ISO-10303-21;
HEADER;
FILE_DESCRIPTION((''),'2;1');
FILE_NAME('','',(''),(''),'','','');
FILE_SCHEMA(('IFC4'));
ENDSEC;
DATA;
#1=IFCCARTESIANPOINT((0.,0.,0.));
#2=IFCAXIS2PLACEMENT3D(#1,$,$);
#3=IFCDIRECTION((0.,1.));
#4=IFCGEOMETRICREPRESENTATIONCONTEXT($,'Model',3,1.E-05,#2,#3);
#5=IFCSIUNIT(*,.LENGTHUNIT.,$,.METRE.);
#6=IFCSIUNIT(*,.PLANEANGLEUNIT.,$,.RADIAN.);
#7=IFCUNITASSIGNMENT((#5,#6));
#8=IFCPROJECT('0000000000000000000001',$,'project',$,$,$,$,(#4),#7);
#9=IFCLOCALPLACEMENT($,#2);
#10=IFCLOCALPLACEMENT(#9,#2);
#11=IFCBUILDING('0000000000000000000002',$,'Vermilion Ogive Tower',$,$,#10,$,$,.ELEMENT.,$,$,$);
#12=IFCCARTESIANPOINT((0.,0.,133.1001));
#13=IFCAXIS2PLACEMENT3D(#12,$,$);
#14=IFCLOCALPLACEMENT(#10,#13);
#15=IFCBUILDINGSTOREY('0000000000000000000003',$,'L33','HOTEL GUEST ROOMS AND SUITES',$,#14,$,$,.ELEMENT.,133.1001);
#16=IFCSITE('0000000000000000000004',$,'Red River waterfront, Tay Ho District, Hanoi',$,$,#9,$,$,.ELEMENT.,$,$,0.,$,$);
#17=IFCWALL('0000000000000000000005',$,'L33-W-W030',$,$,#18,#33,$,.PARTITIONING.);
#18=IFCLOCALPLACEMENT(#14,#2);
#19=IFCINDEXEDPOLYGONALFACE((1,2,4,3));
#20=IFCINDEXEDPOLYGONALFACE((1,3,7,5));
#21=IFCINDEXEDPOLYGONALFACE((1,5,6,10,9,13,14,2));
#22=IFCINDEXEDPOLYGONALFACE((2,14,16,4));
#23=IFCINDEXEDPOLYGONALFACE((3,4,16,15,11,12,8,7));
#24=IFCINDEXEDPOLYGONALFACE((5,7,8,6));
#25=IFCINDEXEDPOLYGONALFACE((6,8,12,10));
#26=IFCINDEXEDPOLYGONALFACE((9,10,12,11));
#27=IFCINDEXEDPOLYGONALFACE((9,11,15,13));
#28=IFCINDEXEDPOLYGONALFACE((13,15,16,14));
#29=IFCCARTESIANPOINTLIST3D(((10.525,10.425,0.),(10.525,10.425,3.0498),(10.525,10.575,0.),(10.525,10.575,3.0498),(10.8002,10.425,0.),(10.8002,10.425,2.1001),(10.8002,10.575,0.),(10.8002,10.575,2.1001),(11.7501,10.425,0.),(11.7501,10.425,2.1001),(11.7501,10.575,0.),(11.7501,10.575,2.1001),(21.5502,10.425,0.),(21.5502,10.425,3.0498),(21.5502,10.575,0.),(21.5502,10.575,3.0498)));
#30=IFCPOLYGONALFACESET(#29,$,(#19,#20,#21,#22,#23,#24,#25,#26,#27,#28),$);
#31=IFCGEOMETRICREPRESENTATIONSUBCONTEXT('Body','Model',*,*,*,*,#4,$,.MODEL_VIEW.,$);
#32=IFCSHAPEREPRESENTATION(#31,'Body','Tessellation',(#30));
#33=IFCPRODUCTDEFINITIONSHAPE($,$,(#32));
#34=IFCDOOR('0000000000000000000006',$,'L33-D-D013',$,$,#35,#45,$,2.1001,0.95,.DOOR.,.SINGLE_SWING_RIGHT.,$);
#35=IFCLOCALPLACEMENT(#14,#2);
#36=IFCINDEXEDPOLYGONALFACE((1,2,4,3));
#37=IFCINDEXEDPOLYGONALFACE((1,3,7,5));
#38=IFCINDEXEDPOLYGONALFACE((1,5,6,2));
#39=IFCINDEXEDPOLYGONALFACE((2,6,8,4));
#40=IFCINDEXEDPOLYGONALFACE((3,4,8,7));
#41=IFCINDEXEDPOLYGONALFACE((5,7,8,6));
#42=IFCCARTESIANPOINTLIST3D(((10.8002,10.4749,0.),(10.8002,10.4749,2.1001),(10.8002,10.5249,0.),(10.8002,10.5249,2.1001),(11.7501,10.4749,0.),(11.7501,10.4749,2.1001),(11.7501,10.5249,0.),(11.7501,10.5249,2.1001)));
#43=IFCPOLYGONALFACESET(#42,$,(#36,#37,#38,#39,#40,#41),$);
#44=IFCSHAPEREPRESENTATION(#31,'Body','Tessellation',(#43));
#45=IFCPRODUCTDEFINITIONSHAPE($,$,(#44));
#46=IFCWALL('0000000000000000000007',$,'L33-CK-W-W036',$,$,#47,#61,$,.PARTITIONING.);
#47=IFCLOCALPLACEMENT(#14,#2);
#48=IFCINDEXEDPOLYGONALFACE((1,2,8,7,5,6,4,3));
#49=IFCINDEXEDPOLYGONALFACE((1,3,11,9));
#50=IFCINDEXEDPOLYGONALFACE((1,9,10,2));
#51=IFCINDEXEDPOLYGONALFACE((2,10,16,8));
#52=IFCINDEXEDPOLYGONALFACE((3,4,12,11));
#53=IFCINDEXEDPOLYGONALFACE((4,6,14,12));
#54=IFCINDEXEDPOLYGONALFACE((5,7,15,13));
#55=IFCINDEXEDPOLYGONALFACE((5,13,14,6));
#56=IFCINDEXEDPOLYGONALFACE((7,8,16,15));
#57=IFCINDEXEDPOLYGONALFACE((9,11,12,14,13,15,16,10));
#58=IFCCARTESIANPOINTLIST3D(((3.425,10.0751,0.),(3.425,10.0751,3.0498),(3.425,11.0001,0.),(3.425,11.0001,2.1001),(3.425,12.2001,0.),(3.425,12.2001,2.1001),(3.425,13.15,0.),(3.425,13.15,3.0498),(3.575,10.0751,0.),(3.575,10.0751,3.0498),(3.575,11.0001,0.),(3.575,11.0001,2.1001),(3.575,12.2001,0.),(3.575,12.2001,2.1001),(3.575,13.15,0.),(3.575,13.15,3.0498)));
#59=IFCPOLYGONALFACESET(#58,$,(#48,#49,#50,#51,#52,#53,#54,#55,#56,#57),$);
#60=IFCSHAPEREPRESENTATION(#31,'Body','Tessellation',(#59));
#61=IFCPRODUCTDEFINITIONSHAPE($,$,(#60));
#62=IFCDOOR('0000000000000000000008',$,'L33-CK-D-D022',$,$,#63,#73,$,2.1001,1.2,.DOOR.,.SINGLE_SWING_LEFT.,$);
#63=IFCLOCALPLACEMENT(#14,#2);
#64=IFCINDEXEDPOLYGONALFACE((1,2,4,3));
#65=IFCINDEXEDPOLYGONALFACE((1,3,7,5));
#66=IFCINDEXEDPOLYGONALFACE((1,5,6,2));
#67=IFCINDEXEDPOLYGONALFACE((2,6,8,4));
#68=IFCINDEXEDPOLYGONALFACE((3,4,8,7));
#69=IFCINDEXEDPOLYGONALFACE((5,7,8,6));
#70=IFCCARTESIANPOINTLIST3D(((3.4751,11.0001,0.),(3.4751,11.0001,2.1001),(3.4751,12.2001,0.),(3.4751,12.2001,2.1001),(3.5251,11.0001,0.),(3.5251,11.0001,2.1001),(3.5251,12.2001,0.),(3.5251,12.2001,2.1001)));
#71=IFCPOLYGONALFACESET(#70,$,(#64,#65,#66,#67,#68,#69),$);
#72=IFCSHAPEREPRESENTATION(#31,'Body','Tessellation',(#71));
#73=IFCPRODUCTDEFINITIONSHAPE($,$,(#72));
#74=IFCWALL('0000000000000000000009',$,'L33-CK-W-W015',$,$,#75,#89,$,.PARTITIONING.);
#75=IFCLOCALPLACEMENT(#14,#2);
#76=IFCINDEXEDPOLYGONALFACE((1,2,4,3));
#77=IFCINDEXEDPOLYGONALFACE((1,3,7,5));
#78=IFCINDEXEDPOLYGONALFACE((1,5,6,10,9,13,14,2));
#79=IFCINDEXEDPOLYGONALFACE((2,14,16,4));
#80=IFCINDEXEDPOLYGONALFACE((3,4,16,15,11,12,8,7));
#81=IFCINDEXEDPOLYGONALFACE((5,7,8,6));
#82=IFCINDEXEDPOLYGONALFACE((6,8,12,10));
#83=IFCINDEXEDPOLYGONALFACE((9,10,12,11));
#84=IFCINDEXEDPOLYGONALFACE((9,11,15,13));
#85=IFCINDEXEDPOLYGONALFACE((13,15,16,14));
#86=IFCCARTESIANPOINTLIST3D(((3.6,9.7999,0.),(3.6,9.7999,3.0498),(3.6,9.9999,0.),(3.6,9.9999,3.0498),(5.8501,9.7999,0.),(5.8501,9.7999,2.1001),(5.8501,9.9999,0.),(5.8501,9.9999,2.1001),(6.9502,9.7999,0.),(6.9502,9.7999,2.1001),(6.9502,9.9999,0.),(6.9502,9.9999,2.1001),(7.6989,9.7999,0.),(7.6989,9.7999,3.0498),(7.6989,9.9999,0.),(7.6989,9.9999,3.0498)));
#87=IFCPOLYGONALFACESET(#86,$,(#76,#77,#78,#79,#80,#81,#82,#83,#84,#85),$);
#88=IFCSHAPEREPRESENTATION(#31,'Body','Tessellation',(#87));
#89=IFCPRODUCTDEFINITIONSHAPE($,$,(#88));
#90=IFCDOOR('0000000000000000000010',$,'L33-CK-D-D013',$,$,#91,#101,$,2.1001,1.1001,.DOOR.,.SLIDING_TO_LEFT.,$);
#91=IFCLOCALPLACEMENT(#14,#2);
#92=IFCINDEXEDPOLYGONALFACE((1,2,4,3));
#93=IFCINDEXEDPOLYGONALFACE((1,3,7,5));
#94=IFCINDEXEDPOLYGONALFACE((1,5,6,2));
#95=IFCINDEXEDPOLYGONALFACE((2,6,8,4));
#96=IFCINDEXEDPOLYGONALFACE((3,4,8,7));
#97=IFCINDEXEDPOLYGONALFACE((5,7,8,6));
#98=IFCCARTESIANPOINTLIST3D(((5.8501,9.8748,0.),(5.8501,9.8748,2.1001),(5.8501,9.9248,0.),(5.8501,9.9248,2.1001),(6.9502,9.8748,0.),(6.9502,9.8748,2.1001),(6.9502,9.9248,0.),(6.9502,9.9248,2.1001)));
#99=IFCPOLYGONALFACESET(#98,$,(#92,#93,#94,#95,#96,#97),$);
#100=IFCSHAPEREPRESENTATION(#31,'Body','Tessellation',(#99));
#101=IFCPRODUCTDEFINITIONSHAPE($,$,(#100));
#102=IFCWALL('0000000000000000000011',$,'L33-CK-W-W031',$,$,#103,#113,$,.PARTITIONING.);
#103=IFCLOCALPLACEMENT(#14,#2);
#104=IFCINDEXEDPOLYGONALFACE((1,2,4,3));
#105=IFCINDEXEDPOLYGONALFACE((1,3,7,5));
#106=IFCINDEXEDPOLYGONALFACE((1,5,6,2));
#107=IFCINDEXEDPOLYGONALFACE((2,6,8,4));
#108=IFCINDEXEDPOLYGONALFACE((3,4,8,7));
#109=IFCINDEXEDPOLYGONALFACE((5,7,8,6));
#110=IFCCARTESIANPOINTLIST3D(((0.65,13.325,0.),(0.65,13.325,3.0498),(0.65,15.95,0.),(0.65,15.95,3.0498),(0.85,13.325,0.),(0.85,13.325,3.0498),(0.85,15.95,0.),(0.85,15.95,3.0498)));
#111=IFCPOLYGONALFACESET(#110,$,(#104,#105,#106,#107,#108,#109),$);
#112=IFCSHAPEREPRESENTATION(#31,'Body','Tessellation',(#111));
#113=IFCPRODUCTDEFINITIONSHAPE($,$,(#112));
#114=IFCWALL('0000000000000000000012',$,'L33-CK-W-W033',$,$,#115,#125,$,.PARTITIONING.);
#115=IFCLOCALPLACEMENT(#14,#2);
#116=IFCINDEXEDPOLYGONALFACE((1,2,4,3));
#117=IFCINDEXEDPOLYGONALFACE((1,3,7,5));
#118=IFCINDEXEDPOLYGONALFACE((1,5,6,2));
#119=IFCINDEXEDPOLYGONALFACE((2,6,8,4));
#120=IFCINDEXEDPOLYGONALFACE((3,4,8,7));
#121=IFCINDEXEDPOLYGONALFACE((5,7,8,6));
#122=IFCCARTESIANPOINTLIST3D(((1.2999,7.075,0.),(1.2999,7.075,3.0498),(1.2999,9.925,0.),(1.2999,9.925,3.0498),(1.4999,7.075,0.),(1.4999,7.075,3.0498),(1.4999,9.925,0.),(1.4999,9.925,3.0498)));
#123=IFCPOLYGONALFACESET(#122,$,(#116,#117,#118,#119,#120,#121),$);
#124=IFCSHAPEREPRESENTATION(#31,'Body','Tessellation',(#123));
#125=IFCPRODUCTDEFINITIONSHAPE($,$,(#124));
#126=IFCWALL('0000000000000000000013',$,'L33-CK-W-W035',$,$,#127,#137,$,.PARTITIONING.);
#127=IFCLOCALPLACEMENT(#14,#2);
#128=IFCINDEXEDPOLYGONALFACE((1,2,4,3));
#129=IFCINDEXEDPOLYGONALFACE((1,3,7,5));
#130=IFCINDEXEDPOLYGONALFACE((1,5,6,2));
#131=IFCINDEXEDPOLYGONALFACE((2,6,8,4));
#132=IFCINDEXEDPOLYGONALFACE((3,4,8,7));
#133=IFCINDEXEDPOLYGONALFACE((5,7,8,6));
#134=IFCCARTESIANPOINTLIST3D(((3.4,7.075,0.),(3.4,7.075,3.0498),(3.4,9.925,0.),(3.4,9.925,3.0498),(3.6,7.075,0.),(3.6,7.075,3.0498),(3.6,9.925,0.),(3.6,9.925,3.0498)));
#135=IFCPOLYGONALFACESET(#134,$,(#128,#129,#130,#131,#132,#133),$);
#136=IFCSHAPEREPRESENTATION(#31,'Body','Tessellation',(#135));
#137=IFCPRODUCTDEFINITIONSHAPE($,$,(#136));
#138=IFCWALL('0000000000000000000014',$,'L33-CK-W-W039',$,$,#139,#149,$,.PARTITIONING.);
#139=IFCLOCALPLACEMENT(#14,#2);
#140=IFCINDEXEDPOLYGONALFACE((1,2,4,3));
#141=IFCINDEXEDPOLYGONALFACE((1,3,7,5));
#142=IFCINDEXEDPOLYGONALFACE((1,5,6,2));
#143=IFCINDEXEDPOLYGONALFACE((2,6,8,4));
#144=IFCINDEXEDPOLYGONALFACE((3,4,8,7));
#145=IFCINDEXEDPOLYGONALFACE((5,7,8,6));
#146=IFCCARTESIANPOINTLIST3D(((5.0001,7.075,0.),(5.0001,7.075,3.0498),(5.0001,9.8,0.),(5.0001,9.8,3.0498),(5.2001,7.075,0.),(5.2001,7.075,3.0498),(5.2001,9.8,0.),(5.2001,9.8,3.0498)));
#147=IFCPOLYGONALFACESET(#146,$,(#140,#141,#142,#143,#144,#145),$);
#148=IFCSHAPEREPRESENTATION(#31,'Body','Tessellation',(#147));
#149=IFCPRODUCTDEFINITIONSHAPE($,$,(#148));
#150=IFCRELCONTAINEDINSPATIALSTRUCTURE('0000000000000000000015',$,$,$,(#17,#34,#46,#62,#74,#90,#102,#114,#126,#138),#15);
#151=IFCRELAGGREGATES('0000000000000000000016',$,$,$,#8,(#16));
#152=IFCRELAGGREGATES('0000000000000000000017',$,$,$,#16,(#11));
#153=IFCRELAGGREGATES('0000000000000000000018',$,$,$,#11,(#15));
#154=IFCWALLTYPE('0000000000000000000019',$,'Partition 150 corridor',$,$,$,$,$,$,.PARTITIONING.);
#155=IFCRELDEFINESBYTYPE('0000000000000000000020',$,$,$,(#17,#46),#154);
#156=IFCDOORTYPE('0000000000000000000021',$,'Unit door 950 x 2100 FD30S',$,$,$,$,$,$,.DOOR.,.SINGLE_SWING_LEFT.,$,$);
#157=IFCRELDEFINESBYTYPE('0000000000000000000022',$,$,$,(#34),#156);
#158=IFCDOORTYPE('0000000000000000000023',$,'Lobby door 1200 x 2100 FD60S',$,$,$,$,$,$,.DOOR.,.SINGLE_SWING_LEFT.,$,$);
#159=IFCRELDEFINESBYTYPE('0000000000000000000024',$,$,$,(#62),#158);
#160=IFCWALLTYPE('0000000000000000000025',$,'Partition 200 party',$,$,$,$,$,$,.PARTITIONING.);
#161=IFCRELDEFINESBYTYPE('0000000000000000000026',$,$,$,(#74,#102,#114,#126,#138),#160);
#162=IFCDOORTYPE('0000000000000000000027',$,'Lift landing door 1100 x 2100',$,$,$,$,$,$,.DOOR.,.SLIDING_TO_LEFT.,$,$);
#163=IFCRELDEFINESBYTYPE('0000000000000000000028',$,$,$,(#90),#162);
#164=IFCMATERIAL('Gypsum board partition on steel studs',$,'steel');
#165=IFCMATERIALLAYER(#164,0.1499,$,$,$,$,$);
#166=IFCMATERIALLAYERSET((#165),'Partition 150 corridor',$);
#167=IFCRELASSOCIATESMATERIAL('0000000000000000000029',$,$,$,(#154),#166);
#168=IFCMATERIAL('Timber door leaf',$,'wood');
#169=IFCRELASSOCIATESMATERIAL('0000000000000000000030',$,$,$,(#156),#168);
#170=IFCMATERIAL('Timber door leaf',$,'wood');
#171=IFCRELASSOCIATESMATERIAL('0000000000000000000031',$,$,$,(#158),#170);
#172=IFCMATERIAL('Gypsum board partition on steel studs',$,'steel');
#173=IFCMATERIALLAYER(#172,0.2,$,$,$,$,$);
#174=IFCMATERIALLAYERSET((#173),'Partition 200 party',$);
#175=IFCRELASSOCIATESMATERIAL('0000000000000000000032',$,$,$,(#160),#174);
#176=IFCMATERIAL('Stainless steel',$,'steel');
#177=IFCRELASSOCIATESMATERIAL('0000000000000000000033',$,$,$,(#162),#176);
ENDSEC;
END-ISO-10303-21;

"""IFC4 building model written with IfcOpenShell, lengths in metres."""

from ifc_helpers import new_model, si_unit, direction, frame, frame_2d, origin, place, context, subcontext, project, spatial, rectangle, extrude, material, layer, layer_set, type_object, element, fill, save


model = new_model("IFC4")

# Units and contexts
model_context = context("Model", 3, precision=1e-05, world=origin(), true_north=direction((0.0, 1.0)))
body_context = subcontext(model_context, "Body", "Model", "MODEL_VIEW")
ifc_project = project(units=[si_unit("LENGTHUNIT", "METRE"), si_unit("PLANEANGLEUNIT", "RADIAN")], contexts=[model_context])

# Site, building, storey
site_placement = place(None, origin())
site = spatial("IfcSite", under=ifc_project, at=site_placement, Name="Red River waterfront, Tay Ho District, Hanoi", CompositionType="ELEMENT", RefElevation=0.0)
building_placement = place(site_placement, origin())
building = spatial("IfcBuilding", under=site, at=building_placement, Name="Vermilion Ogive Tower", CompositionType="ELEMENT")
storey_placement = place(building_placement, frame((0.0, 0.0, 133.1001)))
storey = spatial("IfcBuildingStorey", under=building, at=storey_placement, Name="L33", Description="HOTEL GUEST ROOMS AND SUITES", CompositionType="ELEMENT", Elevation=133.1001)

# Walls, openings, doors
ifc_material_1 = material(Name="Gypsum board partition on steel studs", Category="steel")
ifc_layer_1 = layer(ifc_material_1, 0.1499)
ifc_layer_set_1 = layer_set([ifc_layer_1], Name="Partition 150 corridor")
wall_type_1 = type_object("IfcWallType", Name="Partition 150 corridor", PredefinedType="PARTITIONING", material=ifc_layer_set_1)
wall_1_placement = place(storey_placement, frame((10.5249, 10.5, 0.0), z_axis=(0.0, 0.0, 1.0), x_axis=(1.0, 0.0, 0.0)))
wall_1 = element("IfcWall", 1, at=wall_1_placement, inside=storey, type_object=wall_type_1, Name="L33-W-W030", PredefinedType="PARTITIONING", context=body_context, shape_type="SweptSolid", body=[
    extrude(rectangle(XDim=11.0251, YDim=0.1499, at=frame_2d((5.5127, 0.0))), origin(), (0.0, 0.0, 1.0), 3.0498),
])
opening_1_placement = place(wall_1_placement, frame((0.2751, 0.0, 0.0)))
opening_1 = element("IfcOpeningElement", 2, at=opening_1_placement, cuts=wall_1, PredefinedType="OPENING", context=body_context, shape_type="SweptSolid", body=[
    extrude(rectangle(XDim=0.95, YDim=2.1001, at=frame_2d((0.4751, 1.05))), frame((0.0, 0.085, 0.0), z_axis=(0.0, -1.0, 0.0), x_axis=(1.0, 0.0, 0.0)), (0.0, 0.0, 1.0), 0.1699),
])
ifc_material_2 = material(Name="Timber door leaf", Category="wood")
door_type_1 = type_object("IfcDoorType", Name="Unit door 950 x 2100 FD30S", OperationType="SINGLE_SWING_LEFT", PredefinedType="DOOR", material=ifc_material_2)
door_1_placement = place(opening_1_placement, origin())
door_1 = element("IfcDoor", 3, at=door_1_placement, inside=storey, type_object=door_type_1, Name="L33-D-D013", OperationType="SINGLE_SWING_RIGHT", OverallHeight=2.1001, OverallWidth=0.95, PredefinedType="DOOR", context=body_context, shape_type="SweptSolid", body=[
    extrude(rectangle(XDim=0.95, YDim=2.1001, at=frame_2d((0.4751, 1.05))), frame((0.0, 0.0249, 0.0), z_axis=(0.0, -1.0, 0.0), x_axis=(1.0, 0.0, 0.0)), (0.0, 0.0, 1.0), 0.05),
])
fill(opening_1, door_1)
wall_2_placement = place(storey_placement, frame((3.5, 10.075, 0.0), z_axis=(0.0, 0.0, 1.0), x_axis=(0.0, 1.0, 0.0)))
wall_2 = element("IfcWall", 4, at=wall_2_placement, inside=storey, type_object=wall_type_1, Name="L33-CK-W-W036", PredefinedType="PARTITIONING", context=body_context, shape_type="SweptSolid", body=[
    extrude(rectangle(XDim=3.075, YDim=0.1499, at=frame_2d((1.5376, 0.0))), origin(), (0.0, 0.0, 1.0), 3.0498),
])
opening_2_placement = place(wall_2_placement, frame((0.925, 0.0, 0.0)))
opening_2 = element("IfcOpeningElement", 5, at=opening_2_placement, cuts=wall_2, PredefinedType="OPENING", context=body_context, shape_type="SweptSolid", body=[
    extrude(rectangle(XDim=1.2, YDim=2.1001, at=frame_2d((0.6001, 1.05))), frame((0.0, 0.085, 0.0), z_axis=(0.0, -1.0, 0.0), x_axis=(1.0, 0.0, 0.0)), (0.0, 0.0, 1.0), 0.1699),
])
ifc_material_3 = material(Name="Timber door leaf", Category="wood")
door_type_2 = type_object("IfcDoorType", Name="Lobby door 1200 x 2100 FD60S", OperationType="SINGLE_SWING_LEFT", PredefinedType="DOOR", material=ifc_material_3)
door_2_placement = place(opening_2_placement, origin())
door_2 = element("IfcDoor", 6, at=door_2_placement, inside=storey, type_object=door_type_2, Name="L33-CK-D-D022", OperationType="SINGLE_SWING_LEFT", OverallHeight=2.1001, OverallWidth=1.2, PredefinedType="DOOR", context=body_context, shape_type="SweptSolid", body=[
    extrude(rectangle(XDim=1.2, YDim=2.1001, at=frame_2d((0.6001, 1.05))), frame((0.0, 0.0249, 0.0), z_axis=(0.0, -1.0, 0.0), x_axis=(1.0, 0.0, 0.0)), (0.0, 0.0, 1.0), 0.05),
])
fill(opening_2, door_2)
ifc_material_4 = material(Name="Gypsum board partition on steel studs", Category="steel")
ifc_layer_2 = layer(ifc_material_4, 0.2)
ifc_layer_set_2 = layer_set([ifc_layer_2], Name="Partition 200 party")
wall_type_2 = type_object("IfcWallType", Name="Partition 200 party", PredefinedType="PARTITIONING", material=ifc_layer_set_2)
wall_3_placement = place(storey_placement, frame((3.6001, 9.8999, 0.0), z_axis=(0.0, 0.0, 1.0), x_axis=(1.0, 0.0, 0.0)))
wall_3 = element("IfcWall", 7, at=wall_3_placement, inside=storey, type_object=wall_type_2, Name="L33-CK-W-W015", PredefinedType="PARTITIONING", context=body_context, shape_type="SweptSolid", body=[
    extrude(rectangle(XDim=4.0989, YDim=0.2, at=frame_2d((2.0493, 0.0))), origin(), (0.0, 0.0, 1.0), 3.0498),
])
opening_3_placement = place(wall_3_placement, frame((2.25, 0.0, 0.0)))
opening_3 = element("IfcOpeningElement", 8, at=opening_3_placement, cuts=wall_3, PredefinedType="OPENING", context=body_context, shape_type="SweptSolid", body=[
    extrude(rectangle(XDim=1.1001, YDim=2.1001, at=frame_2d((0.55, 1.05))), frame((0.0, 0.1099, 0.0), z_axis=(0.0, -1.0, 0.0), x_axis=(1.0, 0.0, 0.0)), (0.0, 0.0, 1.0), 0.22),
])
ifc_material_5 = material(Name="Stainless steel", Category="steel")
door_type_3 = type_object("IfcDoorType", Name="Lift landing door 1100 x 2100", OperationType="SLIDING_TO_LEFT", PredefinedType="DOOR", material=ifc_material_5)
door_3_placement = place(opening_3_placement, origin())
door_3 = element("IfcDoor", 9, at=door_3_placement, inside=storey, type_object=door_type_3, Name="L33-CK-D-D013", OperationType="SLIDING_TO_LEFT", OverallHeight=2.1001, OverallWidth=1.1001, PredefinedType="DOOR", context=body_context, shape_type="SweptSolid", body=[
    extrude(rectangle(XDim=1.1001, YDim=2.1001, at=frame_2d((0.55, 1.05))), frame((0.0, 0.0249, 0.0), z_axis=(0.0, -1.0, 0.0), x_axis=(1.0, 0.0, 0.0)), (0.0, 0.0, 1.0), 0.05),
])
fill(opening_3, door_3)

# Walls
wall_4_placement = place(storey_placement, frame((0.75, 13.325, 0.0), z_axis=(0.0, 0.0, 1.0), x_axis=(0.0, 1.0, 0.0)))
element("IfcWall", 10, at=wall_4_placement, inside=storey, type_object=wall_type_2, Name="L33-CK-W-W031", PredefinedType="PARTITIONING", context=body_context, shape_type="SweptSolid", body=[
    extrude(rectangle(XDim=2.625, YDim=0.2, at=frame_2d((1.3125, 0.0))), origin(), (0.0, 0.0, 1.0), 3.0498),
])
for number, where, z_axis, x_axis, name in (
    (11, (1.3999, 7.075, 0.0), (0.0, 0.0, 1.0), (0.0, 1.0, 0.0), "L33-CK-W-W033"),
    (12, (3.5, 7.075, 0.0), (0.0, 0.0, 1.0), (0.0, 1.0, 0.0), "L33-CK-W-W035"),
):
    element("IfcWall", number, at=place(storey_placement, frame(where, z_axis=z_axis, x_axis=x_axis)), inside=storey, type_object=wall_type_2, Name=name, PredefinedType="PARTITIONING", context=body_context, shape_type="SweptSolid", body=[
        extrude(rectangle(XDim=2.8501, YDim=0.2, at=frame_2d((1.425, 0.0))), origin(), (0.0, 0.0, 1.0), 3.0498),
    ])
wall_5_placement = place(storey_placement, frame((5.1001, 7.075, 0.0), z_axis=(0.0, 0.0, 1.0), x_axis=(0.0, 1.0, 0.0)))
element("IfcWall", 13, at=wall_5_placement, inside=storey, type_object=wall_type_2, Name="L33-CK-W-W039", PredefinedType="PARTITIONING", context=body_context, shape_type="SweptSolid", body=[
    extrude(rectangle(XDim=2.7251, YDim=0.2, at=frame_2d((1.3625, 0.0))), origin(), (0.0, 0.0, 1.0), 3.0498),
])

save(model, "model.ifc")
